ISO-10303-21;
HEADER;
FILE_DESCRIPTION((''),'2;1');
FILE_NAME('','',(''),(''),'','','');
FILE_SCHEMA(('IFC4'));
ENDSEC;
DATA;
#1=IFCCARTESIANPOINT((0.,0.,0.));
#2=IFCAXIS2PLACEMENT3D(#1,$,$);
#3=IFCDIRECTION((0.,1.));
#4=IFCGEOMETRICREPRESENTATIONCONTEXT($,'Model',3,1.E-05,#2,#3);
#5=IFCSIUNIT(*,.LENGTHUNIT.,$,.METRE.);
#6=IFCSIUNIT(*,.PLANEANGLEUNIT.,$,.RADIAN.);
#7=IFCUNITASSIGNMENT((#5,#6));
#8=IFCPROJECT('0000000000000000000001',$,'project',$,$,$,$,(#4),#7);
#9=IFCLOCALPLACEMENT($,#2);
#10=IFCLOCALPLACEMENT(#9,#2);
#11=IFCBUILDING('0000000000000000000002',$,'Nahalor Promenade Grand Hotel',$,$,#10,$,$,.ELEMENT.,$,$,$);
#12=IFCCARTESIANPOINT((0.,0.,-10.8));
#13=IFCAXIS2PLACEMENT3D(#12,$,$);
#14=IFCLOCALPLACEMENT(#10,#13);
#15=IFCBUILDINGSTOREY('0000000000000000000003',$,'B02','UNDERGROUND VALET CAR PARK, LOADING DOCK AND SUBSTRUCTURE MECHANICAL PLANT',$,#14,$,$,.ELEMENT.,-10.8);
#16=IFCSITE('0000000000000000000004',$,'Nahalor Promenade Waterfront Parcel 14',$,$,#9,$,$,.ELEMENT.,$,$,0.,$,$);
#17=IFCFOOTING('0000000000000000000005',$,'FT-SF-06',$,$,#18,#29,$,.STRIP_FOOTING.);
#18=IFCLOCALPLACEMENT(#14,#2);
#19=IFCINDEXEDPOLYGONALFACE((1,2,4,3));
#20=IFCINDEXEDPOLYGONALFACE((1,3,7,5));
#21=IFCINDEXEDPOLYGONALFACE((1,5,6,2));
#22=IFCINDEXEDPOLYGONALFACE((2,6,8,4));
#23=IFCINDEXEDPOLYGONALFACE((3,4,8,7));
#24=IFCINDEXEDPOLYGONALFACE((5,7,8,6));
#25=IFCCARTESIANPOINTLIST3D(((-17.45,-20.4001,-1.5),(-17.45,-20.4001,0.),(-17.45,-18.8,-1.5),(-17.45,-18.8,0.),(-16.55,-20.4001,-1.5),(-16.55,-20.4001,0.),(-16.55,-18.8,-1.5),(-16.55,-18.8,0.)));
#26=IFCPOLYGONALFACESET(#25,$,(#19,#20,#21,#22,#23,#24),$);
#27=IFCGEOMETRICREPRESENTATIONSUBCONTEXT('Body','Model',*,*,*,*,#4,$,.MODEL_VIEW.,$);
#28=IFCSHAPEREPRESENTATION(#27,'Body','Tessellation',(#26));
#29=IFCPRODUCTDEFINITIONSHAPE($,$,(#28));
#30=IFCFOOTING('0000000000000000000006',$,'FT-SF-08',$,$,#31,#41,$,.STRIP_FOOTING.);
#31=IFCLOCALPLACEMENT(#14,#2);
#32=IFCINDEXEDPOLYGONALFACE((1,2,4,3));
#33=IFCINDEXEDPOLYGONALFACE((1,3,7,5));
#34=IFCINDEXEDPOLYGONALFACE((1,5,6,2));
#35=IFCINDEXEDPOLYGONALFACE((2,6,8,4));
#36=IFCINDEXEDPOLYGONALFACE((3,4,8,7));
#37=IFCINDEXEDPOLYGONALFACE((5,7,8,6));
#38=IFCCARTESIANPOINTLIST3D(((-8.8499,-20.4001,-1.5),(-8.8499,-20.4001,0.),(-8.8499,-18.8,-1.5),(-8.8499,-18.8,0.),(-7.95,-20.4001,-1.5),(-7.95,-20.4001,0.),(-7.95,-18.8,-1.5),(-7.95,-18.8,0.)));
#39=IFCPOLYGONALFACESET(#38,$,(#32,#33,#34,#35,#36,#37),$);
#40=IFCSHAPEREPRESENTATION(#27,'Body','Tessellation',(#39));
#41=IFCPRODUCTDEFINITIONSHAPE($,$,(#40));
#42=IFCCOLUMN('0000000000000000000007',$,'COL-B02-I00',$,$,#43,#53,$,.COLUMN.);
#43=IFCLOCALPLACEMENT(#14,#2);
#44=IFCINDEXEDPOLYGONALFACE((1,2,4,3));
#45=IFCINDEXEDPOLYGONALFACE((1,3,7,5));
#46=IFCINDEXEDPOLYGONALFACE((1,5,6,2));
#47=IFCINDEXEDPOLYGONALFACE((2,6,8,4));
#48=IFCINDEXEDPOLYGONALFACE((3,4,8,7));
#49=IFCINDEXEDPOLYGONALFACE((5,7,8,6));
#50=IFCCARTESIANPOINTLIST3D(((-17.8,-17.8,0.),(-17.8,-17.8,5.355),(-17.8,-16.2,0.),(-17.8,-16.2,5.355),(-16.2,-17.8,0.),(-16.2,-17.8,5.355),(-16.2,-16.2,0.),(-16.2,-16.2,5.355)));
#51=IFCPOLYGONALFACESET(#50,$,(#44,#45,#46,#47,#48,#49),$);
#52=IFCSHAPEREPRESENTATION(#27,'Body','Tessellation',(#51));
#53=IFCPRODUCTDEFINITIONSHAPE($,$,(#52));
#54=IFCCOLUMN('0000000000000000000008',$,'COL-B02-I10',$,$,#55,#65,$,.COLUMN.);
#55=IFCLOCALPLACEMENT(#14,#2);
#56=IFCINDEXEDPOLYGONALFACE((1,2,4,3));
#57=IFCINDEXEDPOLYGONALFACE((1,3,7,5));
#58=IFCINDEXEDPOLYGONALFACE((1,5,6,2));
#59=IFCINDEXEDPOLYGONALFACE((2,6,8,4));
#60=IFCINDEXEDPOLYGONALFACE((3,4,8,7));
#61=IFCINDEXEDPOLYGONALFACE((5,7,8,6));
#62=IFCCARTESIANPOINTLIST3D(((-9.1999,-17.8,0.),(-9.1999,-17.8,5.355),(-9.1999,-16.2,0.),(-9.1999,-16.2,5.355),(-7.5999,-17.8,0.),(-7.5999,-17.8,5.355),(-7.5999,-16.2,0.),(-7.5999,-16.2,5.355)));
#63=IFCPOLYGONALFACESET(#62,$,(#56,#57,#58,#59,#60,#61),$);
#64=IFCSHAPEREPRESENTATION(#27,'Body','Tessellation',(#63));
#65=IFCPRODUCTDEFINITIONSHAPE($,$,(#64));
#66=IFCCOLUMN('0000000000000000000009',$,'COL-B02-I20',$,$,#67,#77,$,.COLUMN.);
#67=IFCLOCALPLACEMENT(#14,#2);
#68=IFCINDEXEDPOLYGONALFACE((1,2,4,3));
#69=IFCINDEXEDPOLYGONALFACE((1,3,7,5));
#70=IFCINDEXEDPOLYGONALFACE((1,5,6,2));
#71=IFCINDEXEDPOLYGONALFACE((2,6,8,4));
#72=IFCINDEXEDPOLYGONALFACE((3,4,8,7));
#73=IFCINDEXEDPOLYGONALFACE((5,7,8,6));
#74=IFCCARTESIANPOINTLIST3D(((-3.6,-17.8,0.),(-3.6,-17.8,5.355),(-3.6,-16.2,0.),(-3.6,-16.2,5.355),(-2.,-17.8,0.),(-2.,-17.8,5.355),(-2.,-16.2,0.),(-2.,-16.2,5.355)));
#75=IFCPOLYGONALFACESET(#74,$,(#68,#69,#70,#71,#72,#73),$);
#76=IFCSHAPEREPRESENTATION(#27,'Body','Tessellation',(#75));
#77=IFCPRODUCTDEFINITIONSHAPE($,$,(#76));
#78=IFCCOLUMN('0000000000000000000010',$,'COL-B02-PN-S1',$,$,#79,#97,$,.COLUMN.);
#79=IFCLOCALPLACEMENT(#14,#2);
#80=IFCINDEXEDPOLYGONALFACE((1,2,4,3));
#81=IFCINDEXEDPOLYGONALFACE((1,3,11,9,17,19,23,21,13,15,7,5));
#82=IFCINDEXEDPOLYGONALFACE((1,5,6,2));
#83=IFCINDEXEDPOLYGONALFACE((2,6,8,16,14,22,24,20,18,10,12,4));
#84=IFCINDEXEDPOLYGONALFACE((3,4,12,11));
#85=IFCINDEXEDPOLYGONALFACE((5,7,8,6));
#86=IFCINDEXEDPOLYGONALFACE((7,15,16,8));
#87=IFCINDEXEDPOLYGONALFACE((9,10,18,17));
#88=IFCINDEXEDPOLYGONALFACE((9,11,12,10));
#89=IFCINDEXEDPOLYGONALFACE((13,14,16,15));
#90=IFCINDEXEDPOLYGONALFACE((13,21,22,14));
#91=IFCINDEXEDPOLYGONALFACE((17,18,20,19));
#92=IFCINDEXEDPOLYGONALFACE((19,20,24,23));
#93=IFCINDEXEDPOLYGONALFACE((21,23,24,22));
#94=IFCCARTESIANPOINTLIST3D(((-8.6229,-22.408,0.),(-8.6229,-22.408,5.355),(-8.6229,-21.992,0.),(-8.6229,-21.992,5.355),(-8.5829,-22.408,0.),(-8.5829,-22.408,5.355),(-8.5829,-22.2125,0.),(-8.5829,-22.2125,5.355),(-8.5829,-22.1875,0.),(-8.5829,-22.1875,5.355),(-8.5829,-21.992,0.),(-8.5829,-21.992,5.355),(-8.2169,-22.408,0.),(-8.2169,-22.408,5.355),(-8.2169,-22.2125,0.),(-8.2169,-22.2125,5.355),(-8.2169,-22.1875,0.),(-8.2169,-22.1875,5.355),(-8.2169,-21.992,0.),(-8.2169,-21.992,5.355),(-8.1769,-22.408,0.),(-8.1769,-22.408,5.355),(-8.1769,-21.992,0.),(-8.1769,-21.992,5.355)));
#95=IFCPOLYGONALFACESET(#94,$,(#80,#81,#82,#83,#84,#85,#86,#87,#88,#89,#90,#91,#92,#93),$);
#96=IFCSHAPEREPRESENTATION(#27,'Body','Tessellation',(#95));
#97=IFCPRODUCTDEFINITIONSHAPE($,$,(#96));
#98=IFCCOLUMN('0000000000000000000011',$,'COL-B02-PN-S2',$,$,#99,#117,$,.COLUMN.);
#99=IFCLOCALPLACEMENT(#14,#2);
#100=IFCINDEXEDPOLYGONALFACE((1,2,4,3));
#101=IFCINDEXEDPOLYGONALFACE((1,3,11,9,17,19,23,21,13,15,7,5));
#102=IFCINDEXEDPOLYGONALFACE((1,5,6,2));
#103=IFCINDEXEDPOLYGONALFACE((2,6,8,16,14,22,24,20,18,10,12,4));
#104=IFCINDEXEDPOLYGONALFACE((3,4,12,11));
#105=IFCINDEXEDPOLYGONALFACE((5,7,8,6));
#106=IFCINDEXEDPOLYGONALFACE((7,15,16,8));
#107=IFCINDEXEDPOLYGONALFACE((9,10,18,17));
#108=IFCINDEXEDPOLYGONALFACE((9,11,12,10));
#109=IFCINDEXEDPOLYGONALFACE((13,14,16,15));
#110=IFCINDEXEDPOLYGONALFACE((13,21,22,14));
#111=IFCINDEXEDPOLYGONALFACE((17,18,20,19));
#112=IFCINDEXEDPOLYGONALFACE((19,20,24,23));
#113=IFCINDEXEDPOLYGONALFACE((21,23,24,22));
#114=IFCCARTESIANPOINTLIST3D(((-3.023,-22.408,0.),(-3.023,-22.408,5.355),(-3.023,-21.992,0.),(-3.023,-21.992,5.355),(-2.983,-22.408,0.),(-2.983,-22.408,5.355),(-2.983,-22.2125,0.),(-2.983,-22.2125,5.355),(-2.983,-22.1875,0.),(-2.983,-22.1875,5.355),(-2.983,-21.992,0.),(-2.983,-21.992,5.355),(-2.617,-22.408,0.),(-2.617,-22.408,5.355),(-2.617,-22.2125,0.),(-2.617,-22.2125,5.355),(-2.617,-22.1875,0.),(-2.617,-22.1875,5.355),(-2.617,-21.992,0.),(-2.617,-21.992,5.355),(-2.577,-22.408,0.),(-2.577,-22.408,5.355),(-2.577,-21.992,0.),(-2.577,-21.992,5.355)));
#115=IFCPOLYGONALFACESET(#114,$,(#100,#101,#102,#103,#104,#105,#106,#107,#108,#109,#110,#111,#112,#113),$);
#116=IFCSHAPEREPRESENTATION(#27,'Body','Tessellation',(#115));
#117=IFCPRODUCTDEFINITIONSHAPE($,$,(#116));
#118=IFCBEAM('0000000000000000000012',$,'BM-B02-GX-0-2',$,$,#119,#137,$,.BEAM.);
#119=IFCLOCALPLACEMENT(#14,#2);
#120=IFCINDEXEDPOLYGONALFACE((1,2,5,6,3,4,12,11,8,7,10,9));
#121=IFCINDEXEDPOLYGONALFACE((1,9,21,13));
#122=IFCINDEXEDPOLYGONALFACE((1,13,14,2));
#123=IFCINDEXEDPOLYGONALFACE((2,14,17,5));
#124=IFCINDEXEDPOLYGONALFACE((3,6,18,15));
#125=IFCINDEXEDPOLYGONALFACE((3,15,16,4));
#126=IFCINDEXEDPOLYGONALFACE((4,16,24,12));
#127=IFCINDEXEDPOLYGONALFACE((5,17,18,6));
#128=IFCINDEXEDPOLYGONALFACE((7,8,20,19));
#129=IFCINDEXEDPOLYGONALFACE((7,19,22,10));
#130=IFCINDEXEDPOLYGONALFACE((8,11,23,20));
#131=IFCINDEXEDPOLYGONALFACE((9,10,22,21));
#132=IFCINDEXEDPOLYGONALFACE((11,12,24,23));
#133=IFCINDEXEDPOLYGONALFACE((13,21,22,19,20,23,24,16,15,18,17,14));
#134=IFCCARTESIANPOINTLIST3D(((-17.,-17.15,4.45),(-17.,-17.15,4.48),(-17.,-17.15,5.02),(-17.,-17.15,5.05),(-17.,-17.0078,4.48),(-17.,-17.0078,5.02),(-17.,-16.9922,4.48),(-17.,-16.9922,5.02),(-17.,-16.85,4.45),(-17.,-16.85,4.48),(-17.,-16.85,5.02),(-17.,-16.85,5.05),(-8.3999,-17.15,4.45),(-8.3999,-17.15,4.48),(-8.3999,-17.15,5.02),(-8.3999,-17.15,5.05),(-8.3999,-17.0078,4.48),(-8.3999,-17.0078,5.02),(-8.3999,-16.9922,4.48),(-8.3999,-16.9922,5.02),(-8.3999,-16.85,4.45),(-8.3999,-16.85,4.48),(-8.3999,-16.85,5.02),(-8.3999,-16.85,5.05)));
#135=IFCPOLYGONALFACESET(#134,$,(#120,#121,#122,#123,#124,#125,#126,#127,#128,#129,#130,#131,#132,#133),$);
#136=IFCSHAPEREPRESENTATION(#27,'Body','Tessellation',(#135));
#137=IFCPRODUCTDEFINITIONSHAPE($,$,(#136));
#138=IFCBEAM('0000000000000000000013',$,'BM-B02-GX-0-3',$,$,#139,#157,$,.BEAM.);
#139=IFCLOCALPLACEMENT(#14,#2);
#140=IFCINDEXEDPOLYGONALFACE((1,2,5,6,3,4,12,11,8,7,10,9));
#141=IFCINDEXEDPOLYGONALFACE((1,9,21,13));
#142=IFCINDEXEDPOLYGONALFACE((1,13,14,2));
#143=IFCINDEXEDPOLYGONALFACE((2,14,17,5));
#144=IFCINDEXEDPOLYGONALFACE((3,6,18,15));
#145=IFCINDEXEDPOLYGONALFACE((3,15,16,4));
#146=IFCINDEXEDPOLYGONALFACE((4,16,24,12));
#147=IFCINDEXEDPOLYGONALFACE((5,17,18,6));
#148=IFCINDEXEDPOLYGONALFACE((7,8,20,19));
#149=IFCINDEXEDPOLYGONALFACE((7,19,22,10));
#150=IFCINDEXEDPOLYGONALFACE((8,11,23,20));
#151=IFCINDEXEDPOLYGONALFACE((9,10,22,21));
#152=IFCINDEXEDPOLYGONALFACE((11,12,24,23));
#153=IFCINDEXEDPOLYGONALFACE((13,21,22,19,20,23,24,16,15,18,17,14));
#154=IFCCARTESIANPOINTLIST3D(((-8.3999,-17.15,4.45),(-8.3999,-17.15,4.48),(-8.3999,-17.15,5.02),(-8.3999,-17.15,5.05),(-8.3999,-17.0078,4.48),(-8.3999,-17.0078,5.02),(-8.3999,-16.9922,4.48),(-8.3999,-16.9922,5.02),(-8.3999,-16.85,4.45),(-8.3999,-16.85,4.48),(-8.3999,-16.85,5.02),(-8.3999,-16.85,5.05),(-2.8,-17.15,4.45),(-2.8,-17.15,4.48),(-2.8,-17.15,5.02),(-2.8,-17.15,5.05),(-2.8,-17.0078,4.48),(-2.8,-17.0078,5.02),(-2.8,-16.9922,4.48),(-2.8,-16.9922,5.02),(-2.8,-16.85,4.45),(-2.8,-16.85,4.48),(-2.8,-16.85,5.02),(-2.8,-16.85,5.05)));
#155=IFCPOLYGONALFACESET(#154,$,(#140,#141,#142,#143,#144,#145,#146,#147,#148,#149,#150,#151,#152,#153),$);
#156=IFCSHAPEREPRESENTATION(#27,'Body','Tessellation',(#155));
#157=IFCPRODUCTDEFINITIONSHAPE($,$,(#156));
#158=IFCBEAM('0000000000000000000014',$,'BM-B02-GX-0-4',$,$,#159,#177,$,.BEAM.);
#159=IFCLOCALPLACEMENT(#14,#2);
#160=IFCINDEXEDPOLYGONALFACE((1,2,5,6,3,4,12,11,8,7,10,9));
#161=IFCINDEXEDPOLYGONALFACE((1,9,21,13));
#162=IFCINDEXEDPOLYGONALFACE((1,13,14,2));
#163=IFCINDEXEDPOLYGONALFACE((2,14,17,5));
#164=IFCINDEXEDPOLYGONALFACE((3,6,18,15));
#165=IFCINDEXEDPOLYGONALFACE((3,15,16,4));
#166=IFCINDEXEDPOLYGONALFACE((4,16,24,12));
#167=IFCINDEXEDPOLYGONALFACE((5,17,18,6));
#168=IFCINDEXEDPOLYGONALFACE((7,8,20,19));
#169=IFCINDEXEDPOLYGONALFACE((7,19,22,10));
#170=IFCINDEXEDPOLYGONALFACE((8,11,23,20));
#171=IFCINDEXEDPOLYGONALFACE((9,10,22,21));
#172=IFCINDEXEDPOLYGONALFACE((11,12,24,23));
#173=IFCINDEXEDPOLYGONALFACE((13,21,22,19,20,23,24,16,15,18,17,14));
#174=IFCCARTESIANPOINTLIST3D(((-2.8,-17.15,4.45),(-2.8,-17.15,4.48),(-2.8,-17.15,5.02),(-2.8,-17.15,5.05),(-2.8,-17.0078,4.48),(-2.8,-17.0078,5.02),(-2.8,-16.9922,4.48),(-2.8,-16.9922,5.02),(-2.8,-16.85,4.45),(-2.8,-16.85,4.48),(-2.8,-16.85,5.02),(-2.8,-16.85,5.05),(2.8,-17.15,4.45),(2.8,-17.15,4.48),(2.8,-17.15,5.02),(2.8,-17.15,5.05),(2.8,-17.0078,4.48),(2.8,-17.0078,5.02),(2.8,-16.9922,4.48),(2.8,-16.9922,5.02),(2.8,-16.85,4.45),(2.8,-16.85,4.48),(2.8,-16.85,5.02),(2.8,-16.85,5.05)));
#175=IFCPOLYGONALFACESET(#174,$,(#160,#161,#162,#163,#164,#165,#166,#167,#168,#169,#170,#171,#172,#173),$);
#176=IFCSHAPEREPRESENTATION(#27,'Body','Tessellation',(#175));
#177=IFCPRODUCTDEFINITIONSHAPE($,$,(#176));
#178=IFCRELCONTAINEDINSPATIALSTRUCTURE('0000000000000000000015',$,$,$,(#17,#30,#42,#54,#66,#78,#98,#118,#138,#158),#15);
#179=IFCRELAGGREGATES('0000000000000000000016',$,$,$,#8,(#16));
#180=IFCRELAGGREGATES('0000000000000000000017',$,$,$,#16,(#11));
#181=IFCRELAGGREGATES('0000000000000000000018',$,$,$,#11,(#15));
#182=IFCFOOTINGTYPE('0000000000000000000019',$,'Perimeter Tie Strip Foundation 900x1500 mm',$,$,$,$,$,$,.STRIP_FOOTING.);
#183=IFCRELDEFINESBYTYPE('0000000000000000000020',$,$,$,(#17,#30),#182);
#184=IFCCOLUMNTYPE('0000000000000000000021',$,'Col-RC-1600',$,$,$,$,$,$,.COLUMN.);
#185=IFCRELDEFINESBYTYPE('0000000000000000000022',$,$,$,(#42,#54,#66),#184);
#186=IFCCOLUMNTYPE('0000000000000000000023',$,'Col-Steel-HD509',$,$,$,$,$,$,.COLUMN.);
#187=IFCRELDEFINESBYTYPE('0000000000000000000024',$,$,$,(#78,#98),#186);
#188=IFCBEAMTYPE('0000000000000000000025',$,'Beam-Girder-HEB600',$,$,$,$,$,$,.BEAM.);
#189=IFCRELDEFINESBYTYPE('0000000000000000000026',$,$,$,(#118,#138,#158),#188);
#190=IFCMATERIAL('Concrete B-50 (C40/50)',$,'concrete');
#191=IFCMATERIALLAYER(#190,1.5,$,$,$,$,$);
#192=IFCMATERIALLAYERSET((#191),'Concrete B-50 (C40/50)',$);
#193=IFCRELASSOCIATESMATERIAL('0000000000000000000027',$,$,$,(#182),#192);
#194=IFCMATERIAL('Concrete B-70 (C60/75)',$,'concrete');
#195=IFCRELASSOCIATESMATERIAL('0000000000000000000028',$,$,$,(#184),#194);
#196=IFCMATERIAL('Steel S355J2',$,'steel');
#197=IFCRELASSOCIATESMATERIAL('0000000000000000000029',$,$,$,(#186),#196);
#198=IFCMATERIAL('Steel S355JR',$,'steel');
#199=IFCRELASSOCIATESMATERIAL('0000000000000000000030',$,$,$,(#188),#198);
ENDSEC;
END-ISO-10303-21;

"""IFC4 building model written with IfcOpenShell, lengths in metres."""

from ifc_helpers import new_model, si_unit, direction, frame, origin, origin_2d, place, context, subcontext, project, spatial, rectangle, i_section, extrude, source, transform, mapped, material, layer, layer_set, material_profile, profile_set, type_object, element, save


model = new_model("IFC4")

# Units and contexts
model_context = context("Model", 3, precision=1e-05, world=origin(), true_north=direction((0.0, 1.0)))
body_context = subcontext(model_context, "Body", "Model", "MODEL_VIEW")
ifc_project = project(units=[si_unit("LENGTHUNIT", "METRE"), si_unit("PLANEANGLEUNIT", "RADIAN")], contexts=[model_context])

# Site, building, storey
site_placement = place(None, origin())
site = spatial("IfcSite", under=ifc_project, at=site_placement, Name="Nahalor Promenade Waterfront Parcel 14", CompositionType="ELEMENT", RefElevation=0.0)
building_placement = place(site_placement, origin())
building = spatial("IfcBuilding", under=site, at=building_placement, Name="Nahalor Promenade Grand Hotel", CompositionType="ELEMENT")
storey_placement = place(building_placement, frame((0.0, 0.0, -10.8)))
storey = spatial("IfcBuildingStorey", under=building, at=storey_placement, Name="B02", Description="UNDERGROUND VALET CAR PARK, LOADING DOCK AND SUBSTRUCTURE MECHANICAL PLANT", CompositionType="ELEMENT", Elevation=-10.8)

# Shared definitions
ifc_material_1 = material(Name="Concrete B-50 (C40/50)", Category="concrete")

# Footings
ifc_layer_1 = layer(ifc_material_1, 1.5)
ifc_layer_set_1 = layer_set([ifc_layer_1], Name="Concrete B-50 (C40/50)")
footing_type_1 = type_object("IfcFootingType", Name="Perimeter Tie Strip Foundation 900x1500 mm", PredefinedType="STRIP_FOOTING", material=ifc_layer_set_1)
shared_shape_1 = source(origin(), body_context, "Body", "SweptSolid", [
    extrude(rectangle(XDim=0.8999, YDim=1.6001, at=origin_2d()), origin(), (0.0, 0.0, 1.0), 1.5),
])
for number, where, z_axis, x_axis, name in (
    (1, (-17.0, -19.6001, -1.5), (0.0, 0.0, 1.0), (1.0, 0.0, 0.0), "FT-SF-06"),
    (2, (-8.3999, -19.6001, -1.5), (0.0, 0.0, 1.0), (1.0, 0.0, 0.0), "FT-SF-08"),
):
    element("IfcFooting", number, at=place(storey_placement, frame(where, z_axis=z_axis, x_axis=x_axis)), inside=storey, type_object=footing_type_1, Name=name, PredefinedType="STRIP_FOOTING", context=body_context, shape_type="MappedRepresentation", body=[
        mapped(shared_shape_1, transform((0.0, 0.0, 0.0), scale=1.0)),
    ])

# Columns
ifc_material_2 = material(Name="Concrete B-70 (C60/75)", Category="concrete")
ifc_material_profile_1 = material_profile(ifc_material_2, rectangle(XDim=1.6, YDim=1.6, at=origin_2d()), Name="RC 1600x1600")
ifc_profile_set_1 = profile_set([ifc_material_profile_1], Name="Concrete B-70 (C60/75)")
column_type_1 = type_object("IfcColumnType", Name="Col-RC-1600", PredefinedType="COLUMN", material=ifc_profile_set_1)
shared_shape_2 = source(origin(), body_context, "Body", "SweptSolid", [
    extrude(rectangle(XDim=1.6, YDim=1.6, at=origin_2d()), origin(), (0.0, 0.0, 1.0), 5.355),
])
for number, where, z_axis, x_axis, name in (
    (3, (-17.0, -17.0, 0.0), (0.0, 0.0, 1.0), (1.0, 0.0, 0.0), "COL-B02-I00"),
    (4, (-8.3999, -17.0, 0.0), (0.0, 0.0, 1.0), (1.0, 0.0, 0.0), "COL-B02-I10"),
    (5, (-2.8, -17.0, 0.0), (0.0, 0.0, 1.0), (1.0, 0.0, 0.0), "COL-B02-I20"),
):
    element("IfcColumn", number, at=place(storey_placement, frame(where, z_axis=z_axis, x_axis=x_axis)), inside=storey, type_object=column_type_1, Name=name, PredefinedType="COLUMN", context=body_context, shape_type="MappedRepresentation", body=[
        mapped(shared_shape_2, transform((0.0, 0.0, 0.0), scale=1.0)),
    ])
ifc_material_3 = material(Name="Steel S355J2", Category="steel")
ifc_material_profile_2 = material_profile(ifc_material_3, i_section(OverallWidth=0.416, OverallDepth=0.446, WebThickness=0.025, FlangeThickness=0.04, at=origin_2d()), Name="HD 400x509")
ifc_profile_set_2 = profile_set([ifc_material_profile_2], Name="Steel S355J2")
column_type_2 = type_object("IfcColumnType", Name="Col-Steel-HD509", PredefinedType="COLUMN", material=ifc_profile_set_2)
shared_shape_3 = source(origin(), body_context, "Body", "SweptSolid", [
    extrude(i_section(OverallWidth=0.416, OverallDepth=0.446, WebThickness=0.025, FlangeThickness=0.04, at=origin_2d()), origin(), (0.0, 0.0, 1.0), 5.355),
])
for number, where, z_axis, x_axis, name in (
    (6, (-8.3999, -22.2, 0.0), (0.0, 0.0, 1.0), (0.0, 1.0, 0.0), "COL-B02-PN-S1"),
    (7, (-2.8, -22.2, 0.0), (0.0, 0.0, 1.0), (0.0, 1.0, 0.0), "COL-B02-PN-S2"),
):
    element("IfcColumn", number, at=place(storey_placement, frame(where, z_axis=z_axis, x_axis=x_axis)), inside=storey, type_object=column_type_2, Name=name, PredefinedType="COLUMN", context=body_context, shape_type="MappedRepresentation", body=[
        mapped(shared_shape_3, transform((0.0, 0.0, 0.0), scale=1.0)),
    ])

# Beams
ifc_material_4 = material(Name="Steel S355JR", Category="steel")
ifc_material_profile_3 = material_profile(ifc_material_4, i_section(OverallWidth=0.3, OverallDepth=0.6, WebThickness=0.0155, FlangeThickness=0.03, at=origin_2d()), Name="HEB 600")
ifc_profile_set_3 = profile_set([ifc_material_profile_3], Name="Steel S355JR")
beam_type_1 = type_object("IfcBeamType", Name="Beam-Girder-HEB600", PredefinedType="BEAM", material=ifc_profile_set_3)
shared_shape_4 = source(origin(), body_context, "Body", "SweptSolid", [
    extrude(i_section(OverallWidth=0.3, OverallDepth=0.6, WebThickness=0.0155, FlangeThickness=0.03, at=origin_2d()), origin(), (0.0, 0.0, 1.0), 8.6001),
])
beam_1_placement = place(storey_placement, frame((-17.0, -17.0, 4.75), z_axis=(1.0, 0.0, 0.0), x_axis=(0.0, 1.0, 0.0)))
element("IfcBeam", 8, at=beam_1_placement, inside=storey, type_object=beam_type_1, Name="BM-B02-GX-0-2", PredefinedType="BEAM", context=body_context, shape_type="MappedRepresentation", body=[
    mapped(shared_shape_4, transform((0.0, 0.0, 0.0), scale=1.0)),
])
shared_shape_5 = source(origin(), body_context, "Body", "SweptSolid", [
    extrude(i_section(OverallWidth=0.3, OverallDepth=0.6, WebThickness=0.0155, FlangeThickness=0.03, at=origin_2d()), origin(), (0.0, 0.0, 1.0), 5.5999),
])
beam_2_placement = place(storey_placement, frame((-8.3999, -17.0, 4.75), z_axis=(1.0, 0.0, 0.0), x_axis=(0.0, 1.0, 0.0)))
element("IfcBeam", 9, at=beam_2_placement, inside=storey, type_object=beam_type_1, Name="BM-B02-GX-0-3", PredefinedType="BEAM", context=body_context, shape_type="MappedRepresentation", body=[
    mapped(shared_shape_5, transform((0.0, 0.0, 0.0), scale=1.0)),
])
shared_shape_6 = source(origin(), body_context, "Body", "SweptSolid", [
    extrude(i_section(OverallWidth=0.3, OverallDepth=0.6, WebThickness=0.0155, FlangeThickness=0.03, at=origin_2d()), origin(), (0.0, 0.0, 1.0), 5.6001),
])
beam_3_placement = place(storey_placement, frame((-2.8, -17.0, 4.75), z_axis=(1.0, 0.0, 0.0), x_axis=(0.0, 1.0, 0.0)))
element("IfcBeam", 10, at=beam_3_placement, inside=storey, type_object=beam_type_1, Name="BM-B02-GX-0-4", PredefinedType="BEAM", context=body_context, shape_type="MappedRepresentation", body=[
    mapped(shared_shape_6, transform((0.0, 0.0, 0.0), scale=1.0)),
])

save(model, "model.ifc")
